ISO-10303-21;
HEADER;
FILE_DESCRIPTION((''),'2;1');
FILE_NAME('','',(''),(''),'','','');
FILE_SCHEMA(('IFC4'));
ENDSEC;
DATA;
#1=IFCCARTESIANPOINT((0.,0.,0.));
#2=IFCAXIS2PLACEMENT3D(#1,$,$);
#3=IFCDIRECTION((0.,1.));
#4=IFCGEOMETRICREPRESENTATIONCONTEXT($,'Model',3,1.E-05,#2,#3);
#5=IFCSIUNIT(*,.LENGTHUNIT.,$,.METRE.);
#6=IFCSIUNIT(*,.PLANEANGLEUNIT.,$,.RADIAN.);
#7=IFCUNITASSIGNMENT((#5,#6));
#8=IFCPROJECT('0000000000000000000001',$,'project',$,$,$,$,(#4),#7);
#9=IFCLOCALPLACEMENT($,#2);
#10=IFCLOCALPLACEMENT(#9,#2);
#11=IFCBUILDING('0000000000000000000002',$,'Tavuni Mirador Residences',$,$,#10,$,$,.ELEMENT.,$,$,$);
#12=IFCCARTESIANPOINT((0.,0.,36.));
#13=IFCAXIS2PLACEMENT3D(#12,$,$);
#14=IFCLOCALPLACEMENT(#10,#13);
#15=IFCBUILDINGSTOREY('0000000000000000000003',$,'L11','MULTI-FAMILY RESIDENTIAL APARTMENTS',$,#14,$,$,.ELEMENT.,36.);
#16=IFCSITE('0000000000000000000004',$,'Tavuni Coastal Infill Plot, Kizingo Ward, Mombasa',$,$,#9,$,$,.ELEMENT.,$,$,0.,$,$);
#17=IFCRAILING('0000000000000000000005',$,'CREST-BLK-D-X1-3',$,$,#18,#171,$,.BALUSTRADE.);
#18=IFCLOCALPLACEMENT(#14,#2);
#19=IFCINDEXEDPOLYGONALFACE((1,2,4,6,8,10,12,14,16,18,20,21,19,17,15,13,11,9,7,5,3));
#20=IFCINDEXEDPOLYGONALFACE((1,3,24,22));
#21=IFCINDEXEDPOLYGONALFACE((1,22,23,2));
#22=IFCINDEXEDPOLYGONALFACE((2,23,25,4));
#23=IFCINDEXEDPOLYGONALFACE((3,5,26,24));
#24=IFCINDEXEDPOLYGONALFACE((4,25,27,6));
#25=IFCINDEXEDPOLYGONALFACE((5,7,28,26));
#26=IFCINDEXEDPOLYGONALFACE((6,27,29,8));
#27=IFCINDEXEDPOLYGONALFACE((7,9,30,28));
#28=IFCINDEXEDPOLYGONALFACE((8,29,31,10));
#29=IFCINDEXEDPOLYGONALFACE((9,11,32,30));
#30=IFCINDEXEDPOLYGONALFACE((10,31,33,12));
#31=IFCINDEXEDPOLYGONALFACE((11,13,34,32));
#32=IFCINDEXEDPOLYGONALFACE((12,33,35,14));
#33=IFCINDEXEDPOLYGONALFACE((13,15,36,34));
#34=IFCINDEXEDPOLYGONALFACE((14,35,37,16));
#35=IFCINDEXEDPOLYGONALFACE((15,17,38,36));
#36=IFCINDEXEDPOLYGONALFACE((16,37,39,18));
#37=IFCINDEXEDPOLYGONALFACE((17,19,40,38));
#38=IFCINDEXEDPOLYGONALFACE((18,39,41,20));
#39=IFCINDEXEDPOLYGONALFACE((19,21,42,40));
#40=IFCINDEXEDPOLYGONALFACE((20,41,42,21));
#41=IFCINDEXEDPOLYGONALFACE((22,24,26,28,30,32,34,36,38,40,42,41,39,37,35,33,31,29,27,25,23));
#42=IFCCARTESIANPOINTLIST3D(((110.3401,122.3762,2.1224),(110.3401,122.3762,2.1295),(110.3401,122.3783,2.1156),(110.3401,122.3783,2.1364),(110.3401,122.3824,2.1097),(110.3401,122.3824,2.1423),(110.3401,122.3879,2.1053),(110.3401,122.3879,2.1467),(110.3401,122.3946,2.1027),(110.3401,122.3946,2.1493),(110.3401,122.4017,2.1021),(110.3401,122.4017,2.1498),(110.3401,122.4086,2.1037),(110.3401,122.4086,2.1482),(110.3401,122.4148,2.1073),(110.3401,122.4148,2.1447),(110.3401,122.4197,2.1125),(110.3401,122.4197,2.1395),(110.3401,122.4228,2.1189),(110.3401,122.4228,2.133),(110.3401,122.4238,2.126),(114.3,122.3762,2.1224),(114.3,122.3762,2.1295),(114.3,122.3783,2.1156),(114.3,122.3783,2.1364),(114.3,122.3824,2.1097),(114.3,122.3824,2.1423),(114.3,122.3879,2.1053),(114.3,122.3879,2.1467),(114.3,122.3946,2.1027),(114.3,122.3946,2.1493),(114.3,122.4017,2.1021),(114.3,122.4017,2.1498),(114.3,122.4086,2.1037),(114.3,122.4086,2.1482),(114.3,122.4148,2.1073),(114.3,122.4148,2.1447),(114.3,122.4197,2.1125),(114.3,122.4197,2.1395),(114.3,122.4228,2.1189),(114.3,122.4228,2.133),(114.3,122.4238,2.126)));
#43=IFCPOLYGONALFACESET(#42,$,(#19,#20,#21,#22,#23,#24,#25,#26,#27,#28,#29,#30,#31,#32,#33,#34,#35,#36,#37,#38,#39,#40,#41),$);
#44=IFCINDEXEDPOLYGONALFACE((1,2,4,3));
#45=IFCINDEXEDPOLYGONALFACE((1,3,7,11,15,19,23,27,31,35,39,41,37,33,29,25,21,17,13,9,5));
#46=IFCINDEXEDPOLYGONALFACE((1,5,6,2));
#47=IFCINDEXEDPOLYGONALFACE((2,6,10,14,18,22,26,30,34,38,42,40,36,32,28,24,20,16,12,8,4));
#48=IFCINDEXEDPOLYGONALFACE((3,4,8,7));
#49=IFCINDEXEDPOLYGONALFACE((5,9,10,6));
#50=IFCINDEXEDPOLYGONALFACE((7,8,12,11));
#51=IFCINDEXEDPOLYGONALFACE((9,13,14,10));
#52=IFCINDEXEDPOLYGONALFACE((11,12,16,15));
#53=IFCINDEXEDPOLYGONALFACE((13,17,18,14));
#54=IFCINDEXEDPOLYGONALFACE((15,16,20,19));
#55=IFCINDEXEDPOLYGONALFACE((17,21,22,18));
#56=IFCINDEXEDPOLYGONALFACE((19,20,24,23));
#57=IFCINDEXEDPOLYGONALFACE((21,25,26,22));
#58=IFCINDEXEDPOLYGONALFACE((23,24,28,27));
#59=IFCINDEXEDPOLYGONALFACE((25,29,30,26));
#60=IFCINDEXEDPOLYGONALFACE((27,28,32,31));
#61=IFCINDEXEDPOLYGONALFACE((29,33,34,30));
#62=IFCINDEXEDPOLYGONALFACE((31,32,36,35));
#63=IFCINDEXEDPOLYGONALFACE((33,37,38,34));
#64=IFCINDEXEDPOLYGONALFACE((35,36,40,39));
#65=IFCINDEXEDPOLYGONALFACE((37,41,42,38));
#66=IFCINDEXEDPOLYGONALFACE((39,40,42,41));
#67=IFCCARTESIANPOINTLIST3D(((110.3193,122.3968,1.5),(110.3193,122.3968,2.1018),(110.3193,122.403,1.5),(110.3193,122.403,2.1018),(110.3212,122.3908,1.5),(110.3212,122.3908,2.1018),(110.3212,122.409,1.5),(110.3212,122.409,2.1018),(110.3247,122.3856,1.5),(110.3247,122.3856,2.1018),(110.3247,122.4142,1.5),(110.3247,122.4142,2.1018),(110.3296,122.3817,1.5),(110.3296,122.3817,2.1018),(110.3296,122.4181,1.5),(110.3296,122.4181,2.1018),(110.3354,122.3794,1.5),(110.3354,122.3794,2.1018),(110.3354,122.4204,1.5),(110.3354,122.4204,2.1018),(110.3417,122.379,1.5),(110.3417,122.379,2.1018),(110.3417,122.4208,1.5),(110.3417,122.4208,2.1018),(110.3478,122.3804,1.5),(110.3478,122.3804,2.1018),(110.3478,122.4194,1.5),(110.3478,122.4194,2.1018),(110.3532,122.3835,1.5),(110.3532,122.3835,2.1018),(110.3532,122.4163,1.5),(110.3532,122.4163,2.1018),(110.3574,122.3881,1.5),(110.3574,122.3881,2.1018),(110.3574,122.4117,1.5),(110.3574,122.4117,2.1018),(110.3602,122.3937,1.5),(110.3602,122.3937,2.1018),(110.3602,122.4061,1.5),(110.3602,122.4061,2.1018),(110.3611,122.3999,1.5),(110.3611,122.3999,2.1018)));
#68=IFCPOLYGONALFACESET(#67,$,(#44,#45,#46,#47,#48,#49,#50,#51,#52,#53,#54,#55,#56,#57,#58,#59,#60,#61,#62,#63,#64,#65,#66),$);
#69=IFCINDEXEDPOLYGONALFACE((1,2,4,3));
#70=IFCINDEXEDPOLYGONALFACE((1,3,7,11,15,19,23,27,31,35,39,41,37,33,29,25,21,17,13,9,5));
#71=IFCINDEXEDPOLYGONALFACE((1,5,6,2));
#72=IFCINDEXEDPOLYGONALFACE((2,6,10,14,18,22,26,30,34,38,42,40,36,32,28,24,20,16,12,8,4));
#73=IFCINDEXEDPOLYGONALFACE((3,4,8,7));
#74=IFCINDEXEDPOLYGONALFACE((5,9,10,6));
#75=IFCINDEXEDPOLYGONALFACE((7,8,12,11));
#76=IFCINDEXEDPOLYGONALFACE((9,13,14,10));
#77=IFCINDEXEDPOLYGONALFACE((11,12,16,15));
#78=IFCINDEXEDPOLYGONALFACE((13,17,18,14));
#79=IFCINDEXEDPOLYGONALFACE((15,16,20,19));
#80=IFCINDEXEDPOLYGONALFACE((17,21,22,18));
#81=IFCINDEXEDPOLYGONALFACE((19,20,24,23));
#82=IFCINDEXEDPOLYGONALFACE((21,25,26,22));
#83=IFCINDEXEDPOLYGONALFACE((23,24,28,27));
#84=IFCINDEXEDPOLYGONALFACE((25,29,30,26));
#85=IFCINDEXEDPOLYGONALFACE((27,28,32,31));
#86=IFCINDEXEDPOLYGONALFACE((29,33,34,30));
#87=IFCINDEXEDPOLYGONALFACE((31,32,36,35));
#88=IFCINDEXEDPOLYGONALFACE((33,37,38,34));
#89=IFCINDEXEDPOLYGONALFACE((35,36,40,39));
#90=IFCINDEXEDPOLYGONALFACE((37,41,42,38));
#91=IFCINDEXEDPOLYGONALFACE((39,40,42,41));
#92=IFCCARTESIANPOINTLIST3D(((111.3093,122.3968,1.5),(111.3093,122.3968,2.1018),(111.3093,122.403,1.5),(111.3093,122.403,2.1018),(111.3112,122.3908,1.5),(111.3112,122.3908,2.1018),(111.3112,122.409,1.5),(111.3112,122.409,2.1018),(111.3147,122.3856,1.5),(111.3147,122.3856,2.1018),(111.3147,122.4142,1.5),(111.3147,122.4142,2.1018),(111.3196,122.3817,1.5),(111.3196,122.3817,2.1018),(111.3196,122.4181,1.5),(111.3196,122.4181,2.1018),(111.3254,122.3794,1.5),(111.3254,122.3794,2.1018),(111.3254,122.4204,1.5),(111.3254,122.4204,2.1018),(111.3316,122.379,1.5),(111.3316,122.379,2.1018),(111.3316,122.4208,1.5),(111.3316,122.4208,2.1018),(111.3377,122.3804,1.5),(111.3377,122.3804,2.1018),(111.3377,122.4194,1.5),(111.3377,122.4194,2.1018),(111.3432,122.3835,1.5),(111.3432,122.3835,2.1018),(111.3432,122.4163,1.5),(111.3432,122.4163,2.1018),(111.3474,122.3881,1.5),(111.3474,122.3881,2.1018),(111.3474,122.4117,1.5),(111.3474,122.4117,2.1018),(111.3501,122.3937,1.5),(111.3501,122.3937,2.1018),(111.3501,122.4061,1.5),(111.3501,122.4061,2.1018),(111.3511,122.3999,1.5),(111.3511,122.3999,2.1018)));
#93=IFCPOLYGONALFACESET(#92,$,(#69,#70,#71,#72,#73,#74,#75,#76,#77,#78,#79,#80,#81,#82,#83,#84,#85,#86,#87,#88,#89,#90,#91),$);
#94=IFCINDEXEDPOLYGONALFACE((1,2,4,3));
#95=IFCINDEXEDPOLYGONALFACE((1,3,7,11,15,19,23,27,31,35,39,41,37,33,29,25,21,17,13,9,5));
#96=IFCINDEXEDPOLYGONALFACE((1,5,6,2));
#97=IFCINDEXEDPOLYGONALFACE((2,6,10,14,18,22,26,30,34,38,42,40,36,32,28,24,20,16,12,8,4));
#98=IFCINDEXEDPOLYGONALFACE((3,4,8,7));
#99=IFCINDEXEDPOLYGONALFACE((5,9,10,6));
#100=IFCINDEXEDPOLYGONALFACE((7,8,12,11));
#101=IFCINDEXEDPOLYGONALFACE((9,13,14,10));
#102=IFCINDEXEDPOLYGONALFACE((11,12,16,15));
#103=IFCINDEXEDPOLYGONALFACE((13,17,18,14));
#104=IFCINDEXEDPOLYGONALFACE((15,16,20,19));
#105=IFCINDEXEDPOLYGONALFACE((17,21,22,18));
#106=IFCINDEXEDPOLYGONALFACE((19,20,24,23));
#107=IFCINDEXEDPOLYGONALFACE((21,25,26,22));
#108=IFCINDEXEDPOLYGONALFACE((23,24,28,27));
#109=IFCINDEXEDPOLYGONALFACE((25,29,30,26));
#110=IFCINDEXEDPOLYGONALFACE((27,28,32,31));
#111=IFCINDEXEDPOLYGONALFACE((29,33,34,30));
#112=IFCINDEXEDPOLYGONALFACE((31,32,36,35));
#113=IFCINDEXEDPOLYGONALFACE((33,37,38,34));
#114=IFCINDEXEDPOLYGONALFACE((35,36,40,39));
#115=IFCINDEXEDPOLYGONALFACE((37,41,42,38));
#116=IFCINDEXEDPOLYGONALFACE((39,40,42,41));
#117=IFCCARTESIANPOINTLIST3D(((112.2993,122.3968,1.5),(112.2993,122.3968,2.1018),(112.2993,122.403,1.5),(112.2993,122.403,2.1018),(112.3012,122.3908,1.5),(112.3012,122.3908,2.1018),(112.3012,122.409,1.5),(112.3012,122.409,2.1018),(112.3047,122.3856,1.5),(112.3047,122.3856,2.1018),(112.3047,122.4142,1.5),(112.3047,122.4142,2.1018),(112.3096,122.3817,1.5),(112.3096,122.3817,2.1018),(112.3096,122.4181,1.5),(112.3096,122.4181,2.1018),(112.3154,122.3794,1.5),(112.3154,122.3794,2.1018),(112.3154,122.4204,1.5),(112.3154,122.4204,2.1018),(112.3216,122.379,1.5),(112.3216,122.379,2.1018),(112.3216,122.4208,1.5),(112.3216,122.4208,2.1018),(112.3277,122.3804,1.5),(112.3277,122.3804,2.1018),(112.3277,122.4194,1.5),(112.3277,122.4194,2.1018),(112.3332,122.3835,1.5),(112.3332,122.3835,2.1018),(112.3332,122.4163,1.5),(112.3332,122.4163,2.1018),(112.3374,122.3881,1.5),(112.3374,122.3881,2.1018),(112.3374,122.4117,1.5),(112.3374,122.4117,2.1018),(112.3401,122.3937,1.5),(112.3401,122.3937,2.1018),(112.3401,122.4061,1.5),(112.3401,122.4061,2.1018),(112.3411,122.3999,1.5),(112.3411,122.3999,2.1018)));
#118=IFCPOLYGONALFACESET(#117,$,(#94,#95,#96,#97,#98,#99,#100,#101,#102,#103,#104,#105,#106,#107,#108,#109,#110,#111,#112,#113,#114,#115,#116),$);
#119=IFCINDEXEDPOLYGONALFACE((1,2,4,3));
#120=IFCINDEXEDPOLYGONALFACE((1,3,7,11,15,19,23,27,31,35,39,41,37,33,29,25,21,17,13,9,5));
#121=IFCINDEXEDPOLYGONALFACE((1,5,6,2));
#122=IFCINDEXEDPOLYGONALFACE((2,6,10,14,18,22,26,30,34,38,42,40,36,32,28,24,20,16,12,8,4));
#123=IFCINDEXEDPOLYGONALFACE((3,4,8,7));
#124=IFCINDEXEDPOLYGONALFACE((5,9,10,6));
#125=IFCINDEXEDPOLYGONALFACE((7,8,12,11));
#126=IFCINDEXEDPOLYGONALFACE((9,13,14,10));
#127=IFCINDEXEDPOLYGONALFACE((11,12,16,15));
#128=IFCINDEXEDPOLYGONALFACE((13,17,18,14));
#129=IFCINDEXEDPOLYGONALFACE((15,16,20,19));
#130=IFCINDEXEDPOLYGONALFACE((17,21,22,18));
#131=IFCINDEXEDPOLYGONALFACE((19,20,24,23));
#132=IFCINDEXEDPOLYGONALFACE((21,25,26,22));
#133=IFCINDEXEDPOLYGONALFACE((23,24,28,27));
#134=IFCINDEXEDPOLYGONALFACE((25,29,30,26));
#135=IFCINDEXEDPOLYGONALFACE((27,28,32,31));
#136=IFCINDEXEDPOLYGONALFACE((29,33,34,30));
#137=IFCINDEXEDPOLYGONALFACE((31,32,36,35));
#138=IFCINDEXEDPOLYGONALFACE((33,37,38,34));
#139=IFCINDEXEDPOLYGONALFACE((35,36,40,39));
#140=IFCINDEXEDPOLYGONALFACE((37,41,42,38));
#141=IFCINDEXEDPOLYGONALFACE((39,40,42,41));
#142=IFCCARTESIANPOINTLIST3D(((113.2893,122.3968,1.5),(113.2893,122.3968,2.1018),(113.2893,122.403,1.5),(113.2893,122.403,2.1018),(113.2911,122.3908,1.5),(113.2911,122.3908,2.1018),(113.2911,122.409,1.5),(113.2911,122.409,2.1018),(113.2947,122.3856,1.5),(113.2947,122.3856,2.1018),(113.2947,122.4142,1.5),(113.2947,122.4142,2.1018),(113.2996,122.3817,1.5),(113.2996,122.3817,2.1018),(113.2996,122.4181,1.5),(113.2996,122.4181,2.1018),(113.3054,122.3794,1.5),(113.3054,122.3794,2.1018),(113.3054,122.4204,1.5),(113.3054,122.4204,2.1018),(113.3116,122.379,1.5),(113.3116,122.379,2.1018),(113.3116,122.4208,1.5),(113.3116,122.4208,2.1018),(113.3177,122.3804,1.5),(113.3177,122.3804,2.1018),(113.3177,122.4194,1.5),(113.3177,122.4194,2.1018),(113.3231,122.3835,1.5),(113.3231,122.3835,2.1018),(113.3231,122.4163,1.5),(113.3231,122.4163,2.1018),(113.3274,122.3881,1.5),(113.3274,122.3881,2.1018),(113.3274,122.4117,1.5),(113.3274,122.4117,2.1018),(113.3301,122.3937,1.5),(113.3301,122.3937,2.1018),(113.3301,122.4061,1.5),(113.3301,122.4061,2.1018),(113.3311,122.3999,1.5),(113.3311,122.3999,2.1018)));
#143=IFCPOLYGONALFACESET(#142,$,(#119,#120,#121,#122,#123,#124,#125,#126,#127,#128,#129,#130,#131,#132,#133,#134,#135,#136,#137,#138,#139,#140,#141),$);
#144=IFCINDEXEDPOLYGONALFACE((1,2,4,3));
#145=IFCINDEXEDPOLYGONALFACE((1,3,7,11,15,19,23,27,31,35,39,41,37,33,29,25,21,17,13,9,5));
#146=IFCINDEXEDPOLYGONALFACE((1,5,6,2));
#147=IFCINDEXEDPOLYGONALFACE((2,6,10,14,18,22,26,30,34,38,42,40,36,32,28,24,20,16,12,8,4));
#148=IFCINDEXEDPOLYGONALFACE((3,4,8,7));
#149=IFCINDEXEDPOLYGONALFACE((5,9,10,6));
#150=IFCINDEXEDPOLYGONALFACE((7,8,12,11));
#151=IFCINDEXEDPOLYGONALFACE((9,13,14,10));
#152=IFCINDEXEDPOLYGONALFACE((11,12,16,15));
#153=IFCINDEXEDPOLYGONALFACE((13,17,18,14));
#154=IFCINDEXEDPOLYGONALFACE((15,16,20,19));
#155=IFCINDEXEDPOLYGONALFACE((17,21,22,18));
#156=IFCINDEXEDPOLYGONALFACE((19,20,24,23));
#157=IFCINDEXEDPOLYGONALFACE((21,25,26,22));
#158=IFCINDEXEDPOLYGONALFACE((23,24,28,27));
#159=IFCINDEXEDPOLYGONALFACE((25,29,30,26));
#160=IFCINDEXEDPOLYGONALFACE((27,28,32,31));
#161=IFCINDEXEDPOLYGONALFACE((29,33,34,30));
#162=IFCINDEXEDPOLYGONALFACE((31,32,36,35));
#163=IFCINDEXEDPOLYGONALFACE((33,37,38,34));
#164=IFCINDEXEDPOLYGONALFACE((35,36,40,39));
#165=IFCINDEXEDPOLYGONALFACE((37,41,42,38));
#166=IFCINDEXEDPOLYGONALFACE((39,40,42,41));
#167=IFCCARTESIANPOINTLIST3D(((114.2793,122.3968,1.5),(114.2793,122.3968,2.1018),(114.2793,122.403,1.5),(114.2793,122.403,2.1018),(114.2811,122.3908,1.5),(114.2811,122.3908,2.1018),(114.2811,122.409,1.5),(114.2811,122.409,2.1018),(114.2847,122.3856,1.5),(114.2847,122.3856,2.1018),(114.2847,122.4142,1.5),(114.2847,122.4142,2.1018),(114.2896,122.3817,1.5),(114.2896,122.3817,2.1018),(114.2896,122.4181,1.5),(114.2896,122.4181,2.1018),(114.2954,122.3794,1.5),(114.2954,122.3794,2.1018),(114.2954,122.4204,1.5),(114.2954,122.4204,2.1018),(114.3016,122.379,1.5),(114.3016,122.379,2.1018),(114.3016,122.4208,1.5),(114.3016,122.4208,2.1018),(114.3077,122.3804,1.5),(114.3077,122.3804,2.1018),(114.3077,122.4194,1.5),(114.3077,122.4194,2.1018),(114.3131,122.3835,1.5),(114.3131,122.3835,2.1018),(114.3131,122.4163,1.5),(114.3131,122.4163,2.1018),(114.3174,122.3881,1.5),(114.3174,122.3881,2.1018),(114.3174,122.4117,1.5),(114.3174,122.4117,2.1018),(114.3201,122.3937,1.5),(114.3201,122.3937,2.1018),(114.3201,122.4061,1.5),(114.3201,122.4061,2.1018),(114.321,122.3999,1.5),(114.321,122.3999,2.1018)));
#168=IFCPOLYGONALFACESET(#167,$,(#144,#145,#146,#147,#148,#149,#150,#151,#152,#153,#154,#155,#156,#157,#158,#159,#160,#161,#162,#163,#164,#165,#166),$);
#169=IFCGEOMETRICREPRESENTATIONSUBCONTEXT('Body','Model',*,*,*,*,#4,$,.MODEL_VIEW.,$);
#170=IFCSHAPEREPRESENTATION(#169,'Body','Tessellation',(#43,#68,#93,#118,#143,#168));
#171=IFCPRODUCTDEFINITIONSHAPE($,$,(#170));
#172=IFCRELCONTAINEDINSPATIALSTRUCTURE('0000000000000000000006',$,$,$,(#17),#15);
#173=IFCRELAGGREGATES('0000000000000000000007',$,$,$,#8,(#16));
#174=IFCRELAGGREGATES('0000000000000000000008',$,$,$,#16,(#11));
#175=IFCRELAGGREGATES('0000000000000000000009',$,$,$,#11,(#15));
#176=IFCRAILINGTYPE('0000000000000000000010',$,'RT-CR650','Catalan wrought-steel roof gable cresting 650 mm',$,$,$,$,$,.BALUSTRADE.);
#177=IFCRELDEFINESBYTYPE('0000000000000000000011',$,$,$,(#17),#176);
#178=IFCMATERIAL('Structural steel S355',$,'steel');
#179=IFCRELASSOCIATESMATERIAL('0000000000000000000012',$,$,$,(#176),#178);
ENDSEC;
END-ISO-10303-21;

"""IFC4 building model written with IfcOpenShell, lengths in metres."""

from ifc_helpers import new_model, si_unit, direction, frame, origin, origin_2d, place, context, subcontext, project, spatial, circle, extrude, material, type_object, element, save


model = new_model("IFC4")

# Units and contexts
model_context = context("Model", 3, precision=1e-05, world=origin(), true_north=direction((0.0, 1.0)))
body_context = subcontext(model_context, "Body", "Model", "MODEL_VIEW")
ifc_project = project(units=[si_unit("LENGTHUNIT", "METRE"), si_unit("PLANEANGLEUNIT", "RADIAN")], contexts=[model_context])

# Site, building, storey
site_placement = place(None, origin())
site = spatial("IfcSite", under=ifc_project, at=site_placement, Name="Tavuni Coastal Infill Plot, Kizingo Ward, Mombasa", CompositionType="ELEMENT", RefElevation=0.0)
building_placement = place(site_placement, origin())
building = spatial("IfcBuilding", under=site, at=building_placement, Name="Tavuni Mirador Residences", CompositionType="ELEMENT")
storey_placement = place(building_placement, frame((0.0, 0.0, 36.0)))
storey = spatial("IfcBuildingStorey", under=building, at=storey_placement, Name="L11", Description="MULTI-FAMILY RESIDENTIAL APARTMENTS", CompositionType="ELEMENT", Elevation=36.0)

# Shared definitions
ifc_material_1 = material(Name="Structural steel S355", Category="steel")

# Railing
railing_type = type_object("IfcRailingType", Name="RT-CR650", Description="Catalan wrought-steel roof gable cresting 650 mm", PredefinedType="BALUSTRADE", material=ifc_material_1)
for number, where, name in (
    (1, (110.3401, 122.3999, 1.5), "CREST-BLK-D-X1-3"),
):
    element("IfcRailing", number, at=place(storey_placement, frame(where)), inside=storey, type_object=railing_type, Name=name, PredefinedType="BALUSTRADE", context=body_context, shape_type="SweptSolid", body=[
        extrude(circle(Radius=0.0239, at=origin_2d()), frame((0.0, 0.0, 0.626), z_axis=(1.0, 0.0, 0.0), x_axis=(0.0, 1.0, 0.0)), (0.0, 0.0, 1.0), 3.96),
        extrude(circle(Radius=0.021, at=origin_2d()), origin(), (0.0, 0.0, 1.0), 0.6018),
        extrude(circle(Radius=0.021, at=origin_2d()), frame((0.99, 0.0, 0.0)), (0.0, 0.0, 1.0), 0.6018),
        extrude(circle(Radius=0.021, at=origin_2d()), frame((1.98, 0.0, 0.0)), (0.0, 0.0, 1.0), 0.6018),
        extrude(circle(Radius=0.021, at=origin_2d()), frame((2.97, 0.0, 0.0)), (0.0, 0.0, 1.0), 0.6018),
        extrude(circle(Radius=0.021, at=origin_2d()), frame((3.96, 0.0, 0.0)), (0.0, 0.0, 1.0), 0.6018),
    ])

save(model, "model.ifc")
